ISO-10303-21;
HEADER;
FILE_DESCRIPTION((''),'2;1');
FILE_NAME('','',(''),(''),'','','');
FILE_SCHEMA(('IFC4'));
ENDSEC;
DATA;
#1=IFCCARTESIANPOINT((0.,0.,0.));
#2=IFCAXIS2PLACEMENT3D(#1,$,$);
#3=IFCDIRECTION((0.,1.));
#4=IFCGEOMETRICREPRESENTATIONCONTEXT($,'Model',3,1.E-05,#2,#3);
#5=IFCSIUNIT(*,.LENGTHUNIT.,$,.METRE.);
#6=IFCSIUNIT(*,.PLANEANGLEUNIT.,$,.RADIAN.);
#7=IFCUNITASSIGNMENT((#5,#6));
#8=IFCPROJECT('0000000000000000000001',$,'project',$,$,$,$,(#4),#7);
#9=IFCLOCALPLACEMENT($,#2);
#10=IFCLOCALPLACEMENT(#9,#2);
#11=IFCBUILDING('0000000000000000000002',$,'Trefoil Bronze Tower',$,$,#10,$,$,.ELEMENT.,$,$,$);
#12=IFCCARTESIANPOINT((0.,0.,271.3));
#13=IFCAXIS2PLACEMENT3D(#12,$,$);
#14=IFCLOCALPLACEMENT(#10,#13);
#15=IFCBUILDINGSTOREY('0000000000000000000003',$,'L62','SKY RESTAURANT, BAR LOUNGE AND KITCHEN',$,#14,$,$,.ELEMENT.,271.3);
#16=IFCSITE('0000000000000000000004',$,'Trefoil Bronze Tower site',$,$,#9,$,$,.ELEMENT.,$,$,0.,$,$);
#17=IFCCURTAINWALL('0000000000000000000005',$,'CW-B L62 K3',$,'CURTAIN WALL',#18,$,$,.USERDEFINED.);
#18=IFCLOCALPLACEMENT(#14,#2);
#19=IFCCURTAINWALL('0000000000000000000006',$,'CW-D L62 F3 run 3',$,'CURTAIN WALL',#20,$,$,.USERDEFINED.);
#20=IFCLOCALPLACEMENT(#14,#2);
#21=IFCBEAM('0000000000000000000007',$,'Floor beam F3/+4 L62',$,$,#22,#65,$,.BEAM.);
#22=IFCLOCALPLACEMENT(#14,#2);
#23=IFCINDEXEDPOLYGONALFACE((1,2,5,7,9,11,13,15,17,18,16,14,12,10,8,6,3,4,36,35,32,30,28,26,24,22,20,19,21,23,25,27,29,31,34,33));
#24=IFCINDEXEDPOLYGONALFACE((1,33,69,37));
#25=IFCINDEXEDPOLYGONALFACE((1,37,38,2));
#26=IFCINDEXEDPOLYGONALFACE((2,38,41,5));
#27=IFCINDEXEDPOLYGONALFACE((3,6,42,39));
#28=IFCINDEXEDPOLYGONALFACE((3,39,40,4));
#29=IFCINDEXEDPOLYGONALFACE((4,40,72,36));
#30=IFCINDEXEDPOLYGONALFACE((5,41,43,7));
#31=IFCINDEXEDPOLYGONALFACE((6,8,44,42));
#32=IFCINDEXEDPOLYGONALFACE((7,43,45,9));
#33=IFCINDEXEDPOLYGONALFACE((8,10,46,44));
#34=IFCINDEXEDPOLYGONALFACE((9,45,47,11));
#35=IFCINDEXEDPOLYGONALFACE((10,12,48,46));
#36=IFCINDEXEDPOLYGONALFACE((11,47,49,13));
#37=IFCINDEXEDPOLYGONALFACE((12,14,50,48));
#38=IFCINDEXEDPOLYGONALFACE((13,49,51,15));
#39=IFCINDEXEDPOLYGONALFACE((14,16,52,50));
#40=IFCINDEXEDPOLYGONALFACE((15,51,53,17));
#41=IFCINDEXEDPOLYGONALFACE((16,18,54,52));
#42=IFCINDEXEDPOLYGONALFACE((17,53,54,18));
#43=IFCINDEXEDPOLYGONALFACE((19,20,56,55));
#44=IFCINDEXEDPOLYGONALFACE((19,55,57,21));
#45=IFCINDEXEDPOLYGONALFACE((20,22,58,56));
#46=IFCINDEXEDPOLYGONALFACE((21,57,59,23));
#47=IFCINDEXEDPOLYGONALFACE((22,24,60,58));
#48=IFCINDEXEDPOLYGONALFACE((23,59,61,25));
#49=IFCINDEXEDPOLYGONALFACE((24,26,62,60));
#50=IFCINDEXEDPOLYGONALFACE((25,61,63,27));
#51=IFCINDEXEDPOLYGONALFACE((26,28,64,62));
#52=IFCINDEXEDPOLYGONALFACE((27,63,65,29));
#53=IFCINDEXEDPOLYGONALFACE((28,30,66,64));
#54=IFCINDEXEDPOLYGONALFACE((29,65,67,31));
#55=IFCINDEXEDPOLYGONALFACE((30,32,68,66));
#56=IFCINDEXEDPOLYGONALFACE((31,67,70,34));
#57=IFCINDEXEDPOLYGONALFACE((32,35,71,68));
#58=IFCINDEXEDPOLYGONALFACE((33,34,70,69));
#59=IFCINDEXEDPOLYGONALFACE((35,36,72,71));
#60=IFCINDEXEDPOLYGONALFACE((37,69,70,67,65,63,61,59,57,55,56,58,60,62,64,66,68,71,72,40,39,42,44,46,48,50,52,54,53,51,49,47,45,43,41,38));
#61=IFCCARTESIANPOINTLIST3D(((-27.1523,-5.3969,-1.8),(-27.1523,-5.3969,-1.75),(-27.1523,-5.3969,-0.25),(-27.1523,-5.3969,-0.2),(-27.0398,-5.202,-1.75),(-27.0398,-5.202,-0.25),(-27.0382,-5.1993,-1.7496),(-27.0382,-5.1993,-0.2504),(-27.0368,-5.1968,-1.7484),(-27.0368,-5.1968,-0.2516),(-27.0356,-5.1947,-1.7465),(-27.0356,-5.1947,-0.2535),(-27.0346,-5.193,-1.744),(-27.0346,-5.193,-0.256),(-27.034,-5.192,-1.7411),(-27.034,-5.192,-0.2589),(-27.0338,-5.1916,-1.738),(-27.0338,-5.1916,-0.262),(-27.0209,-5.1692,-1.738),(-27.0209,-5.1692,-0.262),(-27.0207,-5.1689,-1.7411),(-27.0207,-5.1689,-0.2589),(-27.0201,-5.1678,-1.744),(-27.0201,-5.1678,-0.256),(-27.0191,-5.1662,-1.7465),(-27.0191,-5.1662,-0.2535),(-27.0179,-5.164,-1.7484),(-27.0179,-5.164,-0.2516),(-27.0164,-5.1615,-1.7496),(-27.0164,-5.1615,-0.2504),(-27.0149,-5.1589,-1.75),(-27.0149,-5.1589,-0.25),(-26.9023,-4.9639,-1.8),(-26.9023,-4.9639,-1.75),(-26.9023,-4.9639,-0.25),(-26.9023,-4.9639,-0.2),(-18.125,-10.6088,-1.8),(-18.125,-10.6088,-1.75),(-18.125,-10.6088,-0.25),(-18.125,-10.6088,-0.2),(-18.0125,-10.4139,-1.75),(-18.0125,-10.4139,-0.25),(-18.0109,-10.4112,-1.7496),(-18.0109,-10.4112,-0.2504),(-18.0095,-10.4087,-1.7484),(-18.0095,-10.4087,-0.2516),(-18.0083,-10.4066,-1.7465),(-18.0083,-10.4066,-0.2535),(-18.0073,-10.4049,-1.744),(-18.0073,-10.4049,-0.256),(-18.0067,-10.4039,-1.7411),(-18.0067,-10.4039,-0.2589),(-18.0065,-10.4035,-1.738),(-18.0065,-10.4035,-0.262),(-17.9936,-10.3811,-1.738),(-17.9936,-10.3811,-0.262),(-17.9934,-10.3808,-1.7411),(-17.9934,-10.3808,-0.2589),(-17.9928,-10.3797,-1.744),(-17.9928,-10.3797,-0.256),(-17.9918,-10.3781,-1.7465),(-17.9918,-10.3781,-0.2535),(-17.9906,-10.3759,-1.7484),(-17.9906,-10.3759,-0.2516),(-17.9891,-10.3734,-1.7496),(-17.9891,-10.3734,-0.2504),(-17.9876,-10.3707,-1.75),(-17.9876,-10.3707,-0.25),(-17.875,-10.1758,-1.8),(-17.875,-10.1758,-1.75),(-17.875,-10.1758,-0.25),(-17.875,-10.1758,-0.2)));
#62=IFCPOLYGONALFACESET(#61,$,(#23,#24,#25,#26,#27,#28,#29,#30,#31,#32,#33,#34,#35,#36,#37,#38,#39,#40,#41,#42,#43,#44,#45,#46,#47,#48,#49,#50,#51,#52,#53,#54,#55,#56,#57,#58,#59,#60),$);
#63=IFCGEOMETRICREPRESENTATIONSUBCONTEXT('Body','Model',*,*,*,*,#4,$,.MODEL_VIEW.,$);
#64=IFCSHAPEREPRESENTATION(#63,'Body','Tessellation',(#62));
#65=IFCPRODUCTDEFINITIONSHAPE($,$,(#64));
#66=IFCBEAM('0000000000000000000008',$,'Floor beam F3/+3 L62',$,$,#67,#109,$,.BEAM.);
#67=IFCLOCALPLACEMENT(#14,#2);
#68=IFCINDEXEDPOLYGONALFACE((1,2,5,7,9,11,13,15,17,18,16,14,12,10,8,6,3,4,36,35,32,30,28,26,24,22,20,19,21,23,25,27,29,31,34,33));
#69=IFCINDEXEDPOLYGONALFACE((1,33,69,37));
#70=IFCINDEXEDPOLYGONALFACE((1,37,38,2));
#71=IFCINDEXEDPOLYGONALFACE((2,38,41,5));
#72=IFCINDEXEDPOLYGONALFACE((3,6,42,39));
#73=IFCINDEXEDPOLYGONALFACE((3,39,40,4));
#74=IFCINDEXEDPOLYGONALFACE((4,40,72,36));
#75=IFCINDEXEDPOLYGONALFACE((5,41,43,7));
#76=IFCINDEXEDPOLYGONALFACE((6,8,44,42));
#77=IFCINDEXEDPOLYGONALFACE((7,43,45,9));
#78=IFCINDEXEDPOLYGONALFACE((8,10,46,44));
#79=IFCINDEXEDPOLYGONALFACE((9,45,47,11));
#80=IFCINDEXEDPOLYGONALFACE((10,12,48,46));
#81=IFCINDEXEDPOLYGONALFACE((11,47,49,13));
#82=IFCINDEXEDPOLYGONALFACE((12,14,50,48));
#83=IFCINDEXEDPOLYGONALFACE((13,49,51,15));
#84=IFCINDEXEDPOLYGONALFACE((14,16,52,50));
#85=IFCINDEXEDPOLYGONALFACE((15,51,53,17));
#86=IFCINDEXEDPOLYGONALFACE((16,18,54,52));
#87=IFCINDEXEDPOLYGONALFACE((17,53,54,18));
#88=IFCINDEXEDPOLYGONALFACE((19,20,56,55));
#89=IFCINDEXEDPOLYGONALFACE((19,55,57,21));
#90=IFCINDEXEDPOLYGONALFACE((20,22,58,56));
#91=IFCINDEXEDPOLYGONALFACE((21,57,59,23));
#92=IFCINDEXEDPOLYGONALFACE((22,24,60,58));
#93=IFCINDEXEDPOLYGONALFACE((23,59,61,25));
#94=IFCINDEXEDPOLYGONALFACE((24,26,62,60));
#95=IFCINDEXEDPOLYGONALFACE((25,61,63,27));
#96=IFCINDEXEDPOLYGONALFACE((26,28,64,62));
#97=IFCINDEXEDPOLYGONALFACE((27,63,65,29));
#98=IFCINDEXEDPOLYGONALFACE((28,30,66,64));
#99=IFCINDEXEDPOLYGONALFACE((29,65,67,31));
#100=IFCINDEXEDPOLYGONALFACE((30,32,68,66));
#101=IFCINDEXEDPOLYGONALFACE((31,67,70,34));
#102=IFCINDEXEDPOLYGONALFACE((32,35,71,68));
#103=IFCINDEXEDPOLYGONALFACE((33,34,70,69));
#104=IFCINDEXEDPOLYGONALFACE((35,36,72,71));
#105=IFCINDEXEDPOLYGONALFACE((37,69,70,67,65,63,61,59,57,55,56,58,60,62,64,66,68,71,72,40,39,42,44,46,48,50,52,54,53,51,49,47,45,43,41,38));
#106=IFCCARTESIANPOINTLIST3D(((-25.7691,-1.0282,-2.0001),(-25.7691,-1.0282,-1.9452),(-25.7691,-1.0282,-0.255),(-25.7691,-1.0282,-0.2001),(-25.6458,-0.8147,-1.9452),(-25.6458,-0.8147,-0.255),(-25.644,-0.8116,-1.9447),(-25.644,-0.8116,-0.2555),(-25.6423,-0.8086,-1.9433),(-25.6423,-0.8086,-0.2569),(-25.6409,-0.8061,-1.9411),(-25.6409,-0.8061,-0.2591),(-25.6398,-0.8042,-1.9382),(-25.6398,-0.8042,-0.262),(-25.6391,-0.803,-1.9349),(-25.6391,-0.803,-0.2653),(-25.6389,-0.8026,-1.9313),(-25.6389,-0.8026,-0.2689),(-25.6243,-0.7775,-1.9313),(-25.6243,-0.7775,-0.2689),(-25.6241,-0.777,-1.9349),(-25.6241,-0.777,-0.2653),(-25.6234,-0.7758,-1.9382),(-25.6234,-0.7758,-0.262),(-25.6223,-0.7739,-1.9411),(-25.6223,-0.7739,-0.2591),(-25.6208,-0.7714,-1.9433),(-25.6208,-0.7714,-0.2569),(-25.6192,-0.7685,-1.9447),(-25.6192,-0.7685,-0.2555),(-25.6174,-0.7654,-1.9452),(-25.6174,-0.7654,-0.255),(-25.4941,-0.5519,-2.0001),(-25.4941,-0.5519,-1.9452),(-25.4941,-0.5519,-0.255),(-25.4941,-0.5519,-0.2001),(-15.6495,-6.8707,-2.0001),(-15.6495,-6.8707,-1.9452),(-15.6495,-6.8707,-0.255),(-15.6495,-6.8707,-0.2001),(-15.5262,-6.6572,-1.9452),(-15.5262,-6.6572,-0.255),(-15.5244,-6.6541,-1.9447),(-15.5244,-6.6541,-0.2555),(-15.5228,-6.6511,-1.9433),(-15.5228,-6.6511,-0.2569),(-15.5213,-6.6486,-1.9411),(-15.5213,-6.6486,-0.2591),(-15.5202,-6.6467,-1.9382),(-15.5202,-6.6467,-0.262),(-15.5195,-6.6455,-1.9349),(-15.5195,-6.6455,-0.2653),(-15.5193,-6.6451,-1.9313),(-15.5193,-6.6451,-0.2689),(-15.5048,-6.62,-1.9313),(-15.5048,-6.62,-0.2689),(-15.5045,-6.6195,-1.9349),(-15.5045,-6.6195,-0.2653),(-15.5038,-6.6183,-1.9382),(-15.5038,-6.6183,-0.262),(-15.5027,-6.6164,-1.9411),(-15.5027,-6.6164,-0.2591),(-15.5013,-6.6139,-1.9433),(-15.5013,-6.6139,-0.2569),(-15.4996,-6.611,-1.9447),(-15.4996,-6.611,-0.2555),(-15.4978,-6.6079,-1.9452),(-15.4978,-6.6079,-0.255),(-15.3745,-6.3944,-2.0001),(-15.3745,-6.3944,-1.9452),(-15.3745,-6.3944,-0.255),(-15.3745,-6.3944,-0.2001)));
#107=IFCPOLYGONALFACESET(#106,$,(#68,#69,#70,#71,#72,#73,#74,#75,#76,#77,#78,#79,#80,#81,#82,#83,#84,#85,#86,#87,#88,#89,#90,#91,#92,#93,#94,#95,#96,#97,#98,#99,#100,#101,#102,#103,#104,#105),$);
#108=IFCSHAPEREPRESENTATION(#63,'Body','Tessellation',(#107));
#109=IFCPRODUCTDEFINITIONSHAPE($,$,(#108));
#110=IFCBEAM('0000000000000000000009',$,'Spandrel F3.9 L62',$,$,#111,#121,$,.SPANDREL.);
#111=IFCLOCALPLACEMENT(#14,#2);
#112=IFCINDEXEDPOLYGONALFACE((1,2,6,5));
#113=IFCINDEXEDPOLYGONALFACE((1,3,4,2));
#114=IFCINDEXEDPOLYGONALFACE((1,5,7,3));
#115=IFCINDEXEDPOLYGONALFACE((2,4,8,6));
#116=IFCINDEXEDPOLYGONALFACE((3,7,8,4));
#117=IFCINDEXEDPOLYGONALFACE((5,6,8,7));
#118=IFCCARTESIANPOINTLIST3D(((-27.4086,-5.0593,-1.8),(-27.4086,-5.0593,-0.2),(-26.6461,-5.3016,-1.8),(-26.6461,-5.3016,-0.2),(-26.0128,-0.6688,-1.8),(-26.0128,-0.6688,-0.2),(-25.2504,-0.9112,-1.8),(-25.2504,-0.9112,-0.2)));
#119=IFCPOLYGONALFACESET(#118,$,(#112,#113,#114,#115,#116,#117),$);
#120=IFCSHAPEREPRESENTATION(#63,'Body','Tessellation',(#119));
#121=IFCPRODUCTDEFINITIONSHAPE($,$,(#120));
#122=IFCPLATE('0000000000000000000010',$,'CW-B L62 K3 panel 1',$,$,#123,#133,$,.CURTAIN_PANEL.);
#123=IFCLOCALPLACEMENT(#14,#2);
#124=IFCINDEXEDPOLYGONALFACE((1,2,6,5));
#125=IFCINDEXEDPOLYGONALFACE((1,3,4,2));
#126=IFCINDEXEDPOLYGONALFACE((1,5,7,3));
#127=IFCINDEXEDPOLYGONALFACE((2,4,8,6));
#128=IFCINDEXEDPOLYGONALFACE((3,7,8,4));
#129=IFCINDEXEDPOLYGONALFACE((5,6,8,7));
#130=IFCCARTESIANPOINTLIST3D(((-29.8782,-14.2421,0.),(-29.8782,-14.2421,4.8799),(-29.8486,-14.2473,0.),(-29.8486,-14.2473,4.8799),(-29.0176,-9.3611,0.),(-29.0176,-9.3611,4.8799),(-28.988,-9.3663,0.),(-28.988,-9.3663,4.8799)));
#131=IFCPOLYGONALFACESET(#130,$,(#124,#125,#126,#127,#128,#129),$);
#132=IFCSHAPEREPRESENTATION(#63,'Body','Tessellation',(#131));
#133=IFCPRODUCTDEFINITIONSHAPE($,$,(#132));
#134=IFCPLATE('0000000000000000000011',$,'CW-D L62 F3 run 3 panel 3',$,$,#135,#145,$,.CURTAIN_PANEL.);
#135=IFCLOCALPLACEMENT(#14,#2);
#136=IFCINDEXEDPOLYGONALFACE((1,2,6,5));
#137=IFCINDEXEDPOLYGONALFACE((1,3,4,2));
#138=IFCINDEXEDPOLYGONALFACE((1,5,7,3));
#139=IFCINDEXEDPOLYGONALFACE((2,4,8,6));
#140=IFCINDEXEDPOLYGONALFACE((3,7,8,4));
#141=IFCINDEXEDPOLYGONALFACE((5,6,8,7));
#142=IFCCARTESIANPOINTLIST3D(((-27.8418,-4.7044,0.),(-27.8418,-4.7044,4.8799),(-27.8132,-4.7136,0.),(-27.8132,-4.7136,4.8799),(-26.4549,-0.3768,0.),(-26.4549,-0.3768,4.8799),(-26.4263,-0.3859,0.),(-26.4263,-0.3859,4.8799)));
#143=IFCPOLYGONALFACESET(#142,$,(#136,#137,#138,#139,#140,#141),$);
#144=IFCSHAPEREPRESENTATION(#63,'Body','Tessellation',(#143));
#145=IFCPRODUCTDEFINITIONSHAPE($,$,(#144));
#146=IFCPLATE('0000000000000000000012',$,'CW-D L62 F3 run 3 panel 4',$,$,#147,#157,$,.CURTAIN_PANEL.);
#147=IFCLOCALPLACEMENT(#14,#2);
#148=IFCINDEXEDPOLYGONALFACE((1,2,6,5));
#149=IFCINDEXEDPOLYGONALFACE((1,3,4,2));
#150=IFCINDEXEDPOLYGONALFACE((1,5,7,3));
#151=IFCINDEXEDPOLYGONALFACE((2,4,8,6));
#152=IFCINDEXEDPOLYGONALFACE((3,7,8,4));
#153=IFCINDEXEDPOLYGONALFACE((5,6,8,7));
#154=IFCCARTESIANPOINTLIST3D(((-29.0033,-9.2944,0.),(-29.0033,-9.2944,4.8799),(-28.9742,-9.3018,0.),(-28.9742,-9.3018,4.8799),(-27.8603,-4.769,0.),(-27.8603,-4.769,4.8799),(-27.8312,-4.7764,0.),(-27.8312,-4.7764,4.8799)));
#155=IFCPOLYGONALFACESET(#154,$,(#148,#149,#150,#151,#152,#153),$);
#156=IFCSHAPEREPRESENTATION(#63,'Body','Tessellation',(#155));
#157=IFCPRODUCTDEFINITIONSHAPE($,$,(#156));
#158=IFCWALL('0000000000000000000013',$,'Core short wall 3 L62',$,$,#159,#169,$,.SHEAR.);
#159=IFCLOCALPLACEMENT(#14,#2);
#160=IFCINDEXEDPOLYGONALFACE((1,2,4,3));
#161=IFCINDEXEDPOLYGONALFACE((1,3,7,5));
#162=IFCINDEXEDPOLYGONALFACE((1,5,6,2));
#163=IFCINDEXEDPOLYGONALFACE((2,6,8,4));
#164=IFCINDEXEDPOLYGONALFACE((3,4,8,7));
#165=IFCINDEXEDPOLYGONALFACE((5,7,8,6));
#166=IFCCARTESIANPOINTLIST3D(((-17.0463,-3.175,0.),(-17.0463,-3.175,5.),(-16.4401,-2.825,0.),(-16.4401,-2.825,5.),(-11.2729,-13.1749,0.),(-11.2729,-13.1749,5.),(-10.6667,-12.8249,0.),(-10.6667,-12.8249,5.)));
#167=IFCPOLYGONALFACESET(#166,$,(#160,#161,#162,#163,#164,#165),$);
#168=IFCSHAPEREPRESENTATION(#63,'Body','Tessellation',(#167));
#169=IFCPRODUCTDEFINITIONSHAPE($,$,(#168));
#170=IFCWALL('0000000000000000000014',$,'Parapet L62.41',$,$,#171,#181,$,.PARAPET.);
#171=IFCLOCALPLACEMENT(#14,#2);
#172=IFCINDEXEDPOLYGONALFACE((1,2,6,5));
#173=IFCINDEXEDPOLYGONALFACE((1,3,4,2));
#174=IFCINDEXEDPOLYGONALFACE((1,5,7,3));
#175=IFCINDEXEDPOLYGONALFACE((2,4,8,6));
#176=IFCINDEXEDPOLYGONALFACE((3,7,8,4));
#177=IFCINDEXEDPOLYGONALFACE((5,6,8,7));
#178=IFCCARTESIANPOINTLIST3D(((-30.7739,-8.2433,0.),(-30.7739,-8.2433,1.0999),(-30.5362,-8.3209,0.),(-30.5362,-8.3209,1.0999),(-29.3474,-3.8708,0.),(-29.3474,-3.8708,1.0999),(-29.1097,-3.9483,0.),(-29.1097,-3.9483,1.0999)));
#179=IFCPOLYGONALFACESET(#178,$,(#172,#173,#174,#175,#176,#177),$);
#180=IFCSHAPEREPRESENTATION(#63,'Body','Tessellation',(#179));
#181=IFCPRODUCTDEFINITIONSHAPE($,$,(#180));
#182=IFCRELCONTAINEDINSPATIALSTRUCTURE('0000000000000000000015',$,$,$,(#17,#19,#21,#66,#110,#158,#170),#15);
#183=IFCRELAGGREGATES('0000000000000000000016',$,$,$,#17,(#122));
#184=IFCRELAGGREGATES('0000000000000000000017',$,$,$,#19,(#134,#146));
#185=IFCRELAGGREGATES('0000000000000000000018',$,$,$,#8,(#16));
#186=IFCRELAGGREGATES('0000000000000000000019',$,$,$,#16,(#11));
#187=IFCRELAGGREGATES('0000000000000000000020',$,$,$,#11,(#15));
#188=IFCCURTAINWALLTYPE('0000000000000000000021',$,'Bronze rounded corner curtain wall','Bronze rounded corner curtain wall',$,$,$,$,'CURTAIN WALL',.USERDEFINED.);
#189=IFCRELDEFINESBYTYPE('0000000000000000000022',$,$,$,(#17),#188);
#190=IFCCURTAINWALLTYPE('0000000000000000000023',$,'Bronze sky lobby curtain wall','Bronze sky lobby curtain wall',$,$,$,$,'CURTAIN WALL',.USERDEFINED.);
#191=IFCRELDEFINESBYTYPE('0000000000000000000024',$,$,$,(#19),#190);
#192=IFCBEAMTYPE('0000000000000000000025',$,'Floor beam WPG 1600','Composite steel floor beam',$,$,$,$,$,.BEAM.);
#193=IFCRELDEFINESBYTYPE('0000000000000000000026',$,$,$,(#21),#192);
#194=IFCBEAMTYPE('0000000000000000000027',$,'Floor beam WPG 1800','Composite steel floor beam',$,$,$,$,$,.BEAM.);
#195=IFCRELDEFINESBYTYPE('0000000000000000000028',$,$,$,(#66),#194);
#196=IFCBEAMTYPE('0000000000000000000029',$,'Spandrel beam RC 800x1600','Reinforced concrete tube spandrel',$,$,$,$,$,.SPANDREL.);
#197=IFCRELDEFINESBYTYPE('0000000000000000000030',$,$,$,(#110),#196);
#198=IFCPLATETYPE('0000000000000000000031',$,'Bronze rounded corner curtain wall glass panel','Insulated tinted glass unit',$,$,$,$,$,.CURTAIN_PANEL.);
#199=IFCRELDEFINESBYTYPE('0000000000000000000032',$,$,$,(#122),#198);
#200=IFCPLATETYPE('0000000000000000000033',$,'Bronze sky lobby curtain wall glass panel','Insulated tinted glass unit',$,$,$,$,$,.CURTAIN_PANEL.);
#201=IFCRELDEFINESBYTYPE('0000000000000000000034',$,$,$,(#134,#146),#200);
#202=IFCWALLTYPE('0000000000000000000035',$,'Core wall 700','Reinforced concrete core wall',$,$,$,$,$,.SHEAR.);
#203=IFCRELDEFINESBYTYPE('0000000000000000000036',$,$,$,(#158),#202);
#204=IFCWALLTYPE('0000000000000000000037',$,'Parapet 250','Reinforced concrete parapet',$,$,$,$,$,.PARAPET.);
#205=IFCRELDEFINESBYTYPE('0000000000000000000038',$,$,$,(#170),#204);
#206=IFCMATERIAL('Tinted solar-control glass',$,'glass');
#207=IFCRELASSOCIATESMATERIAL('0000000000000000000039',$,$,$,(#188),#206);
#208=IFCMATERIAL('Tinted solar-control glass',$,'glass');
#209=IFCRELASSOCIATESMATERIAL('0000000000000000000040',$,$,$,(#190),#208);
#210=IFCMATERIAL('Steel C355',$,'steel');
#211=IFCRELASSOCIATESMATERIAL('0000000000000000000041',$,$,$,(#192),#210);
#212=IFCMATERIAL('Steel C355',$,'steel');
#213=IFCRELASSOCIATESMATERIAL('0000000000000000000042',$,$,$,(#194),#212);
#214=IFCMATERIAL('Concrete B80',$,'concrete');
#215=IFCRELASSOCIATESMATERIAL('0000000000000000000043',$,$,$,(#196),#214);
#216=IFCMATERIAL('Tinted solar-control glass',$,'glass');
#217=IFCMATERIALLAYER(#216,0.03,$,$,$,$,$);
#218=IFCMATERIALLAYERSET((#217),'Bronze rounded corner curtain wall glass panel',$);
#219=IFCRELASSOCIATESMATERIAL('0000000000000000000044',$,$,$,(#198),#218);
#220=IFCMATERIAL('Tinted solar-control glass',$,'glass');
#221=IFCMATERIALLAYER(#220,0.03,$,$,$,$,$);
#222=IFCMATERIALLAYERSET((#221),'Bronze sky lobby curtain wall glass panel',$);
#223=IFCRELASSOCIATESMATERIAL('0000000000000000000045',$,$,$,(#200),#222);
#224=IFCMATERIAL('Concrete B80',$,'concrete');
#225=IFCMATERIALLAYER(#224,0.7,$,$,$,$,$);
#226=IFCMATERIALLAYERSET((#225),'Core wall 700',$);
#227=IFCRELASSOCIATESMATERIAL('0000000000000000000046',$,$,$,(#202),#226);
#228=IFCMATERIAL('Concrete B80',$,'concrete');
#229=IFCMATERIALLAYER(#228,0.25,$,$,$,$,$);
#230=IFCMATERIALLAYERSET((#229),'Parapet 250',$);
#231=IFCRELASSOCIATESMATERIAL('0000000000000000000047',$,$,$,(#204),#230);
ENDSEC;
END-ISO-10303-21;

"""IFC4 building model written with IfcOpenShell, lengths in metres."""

from ifc_helpers import new_model, si_unit, direction, frame, frame_2d, origin, origin_2d, place, context, subcontext, project, spatial, rectangle, i_section, extrude, material, layer, layer_set, material_profile, profile_set, type_object, element, aggregate, save


model = new_model("IFC4")

# Units and contexts
model_context = context("Model", 3, precision=1e-05, world=origin(), true_north=direction((0.0, 1.0)))
body_context = subcontext(model_context, "Body", "Model", "MODEL_VIEW")
ifc_project = project(units=[si_unit("LENGTHUNIT", "METRE"), si_unit("PLANEANGLEUNIT", "RADIAN")], contexts=[model_context])

# Site, building, storey
site_placement = place(None, origin())
site = spatial("IfcSite", under=ifc_project, at=site_placement, Name="Trefoil Bronze Tower site", CompositionType="ELEMENT", RefElevation=0.0)
building_placement = place(site_placement, origin())
building = spatial("IfcBuilding", under=site, at=building_placement, Name="Trefoil Bronze Tower", CompositionType="ELEMENT")
storey_placement = place(building_placement, frame((0.0, 0.0, 271.3)))
storey = spatial("IfcBuildingStorey", under=building, at=storey_placement, Name="L62", Description="SKY RESTAURANT, BAR LOUNGE AND KITCHEN", CompositionType="ELEMENT", Elevation=271.3)

# Curtain walls
ifc_material_1 = material(Name="Tinted solar-control glass", Category="glass")
curtain_wall_type_1 = type_object("IfcCurtainWallType", Name="Bronze rounded corner curtain wall", Description="Bronze rounded corner curtain wall", ElementType="CURTAIN WALL", PredefinedType="USERDEFINED", material=ifc_material_1)
curtain_wall_1_placement = place(storey_placement, origin())
curtain_wall_1 = element("IfcCurtainWall", 1, at=curtain_wall_1_placement, inside=storey, type_object=curtain_wall_type_1, Name="CW-B L62 K3", ObjectType="CURTAIN WALL", PredefinedType="USERDEFINED")
ifc_material_2 = material(Name="Tinted solar-control glass", Category="glass")
curtain_wall_type_2 = type_object("IfcCurtainWallType", Name="Bronze sky lobby curtain wall", Description="Bronze sky lobby curtain wall", ElementType="CURTAIN WALL", PredefinedType="USERDEFINED", material=ifc_material_2)
curtain_wall_2_placement = place(storey_placement, origin())
curtain_wall_2 = element("IfcCurtainWall", 2, at=curtain_wall_2_placement, inside=storey, type_object=curtain_wall_type_2, Name="CW-D L62 F3 run 3", ObjectType="CURTAIN WALL", PredefinedType="USERDEFINED")

# Beams
ifc_material_3 = material(Name="Steel C355", Category="steel")
ifc_material_profile_1 = material_profile(ifc_material_3, i_section(OverallWidth=0.5, OverallDepth=1.6001, WebThickness=0.0259, FlangeThickness=0.05, FilletRadius=0.012, at=origin_2d()), Name="WPG 1600")
ifc_profile_set_1 = profile_set([ifc_material_profile_1], Name="Steel C355")
beam_type_1 = type_object("IfcBeamType", Name="Floor beam WPG 1600", Description="Composite steel floor beam", PredefinedType="BEAM", material=ifc_profile_set_1)
beam_1_placement = place(storey_placement, frame((-27.0273, -5.1804, -1.0), z_axis=(0.866026, -0.499998, 0.0), x_axis=(0.499998, 0.866026, 0.0)))
element("IfcBeam", 3, at=beam_1_placement, inside=storey, type_object=beam_type_1, Name="Floor beam F3/+4 L62", PredefinedType="BEAM", context=body_context, shape_type="SweptSolid", body=[
    extrude(i_section(OverallWidth=0.5, OverallDepth=1.6001, WebThickness=0.0259, FlangeThickness=0.05, FilletRadius=0.012, at=origin_2d()), origin(), (0.0, 0.0, 1.0), 10.4238),
])
ifc_material_4 = material(Name="Steel C355", Category="steel")
ifc_material_profile_2 = material_profile(ifc_material_4, i_section(OverallWidth=0.55, OverallDepth=1.8, WebThickness=0.0291, FlangeThickness=0.0549, FilletRadius=0.0139, at=origin_2d()), Name="WPG 1800")
ifc_profile_set_2 = profile_set([ifc_material_profile_2], Name="Steel C355")
beam_type_2 = type_object("IfcBeamType", Name="Floor beam WPG 1800", Description="Composite steel floor beam", PredefinedType="BEAM", material=ifc_profile_set_2)
beam_2_placement = place(storey_placement, frame((-25.6316, -0.79, -1.1001), z_axis=(0.866027, -0.499997, 0.0), x_axis=(0.499997, 0.866027, 0.0)))
element("IfcBeam", 4, at=beam_2_placement, inside=storey, type_object=beam_type_2, Name="Floor beam F3/+3 L62", PredefinedType="BEAM", context=body_context, shape_type="SweptSolid", body=[
    extrude(i_section(OverallWidth=0.55, OverallDepth=1.8, WebThickness=0.0291, FlangeThickness=0.0549, FilletRadius=0.0139, at=origin_2d()), origin(), (0.0, 0.0, 1.0), 11.6851),
])
ifc_material_5 = material(Name="Concrete B80", Category="concrete")
ifc_material_profile_3 = material_profile(ifc_material_5, rectangle(XDim=0.8, YDim=1.6001, at=origin_2d()), Name="RC 800x1600")
ifc_profile_set_3 = profile_set([ifc_material_profile_3], Name="Concrete B80")
beam_type_3 = type_object("IfcBeamType", Name="Spandrel beam RC 800x1600", Description="Reinforced concrete tube spandrel", PredefinedType="SPANDREL", material=ifc_profile_set_3)
beam_3_placement = place(storey_placement, frame((-25.6316, -0.79, -1.0), z_axis=(-0.30297, -0.953, 0.0), x_axis=(0.953, -0.30297, 0.0)))
element("IfcBeam", 5, at=beam_3_placement, inside=storey, type_object=beam_type_3, Name="Spandrel F3.9 L62", PredefinedType="SPANDREL", context=body_context, shape_type="SweptSolid", body=[
    extrude(rectangle(XDim=0.8, YDim=1.6001, at=origin_2d()), origin(), (0.0, 0.0, 1.0), 4.6069),
])

# Plates
ifc_material_6 = material(Name="Tinted solar-control glass", Category="glass")
ifc_layer_1 = layer(ifc_material_6, 0.03)
ifc_layer_set_1 = layer_set([ifc_layer_1], Name="Bronze rounded corner curtain wall glass panel")
plate_type_1 = type_object("IfcPlateType", Name="Bronze rounded corner curtain wall glass panel", Description="Insulated tinted glass unit", PredefinedType="CURTAIN_PANEL", material=ifc_layer_set_1)
plate_1_placement = place(storey_placement, frame((-29.4331, -11.8042, 0.0), z_axis=(0.0, 0.0, 1.0), x_axis=(-0.173648, -0.984808, 0.0)))
plate_1 = element("IfcPlate", 6, at=plate_1_placement, type_object=plate_type_1, Name="CW-B L62 K3 panel 1", PredefinedType="CURTAIN_PANEL", context=body_context, shape_type="SweptSolid", body=[
    extrude(rectangle(XDim=4.9563, YDim=0.03, at=origin_2d()), origin(), (0.0, 0.0, 1.0), 4.8799),
])
aggregate(curtain_wall_1, [plate_1])
ifc_material_7 = material(Name="Tinted solar-control glass", Category="glass")
ifc_layer_2 = layer(ifc_material_7, 0.03)
ifc_layer_set_2 = layer_set([ifc_layer_2], Name="Bronze sky lobby curtain wall glass panel")
plate_type_2 = type_object("IfcPlateType", Name="Bronze sky lobby curtain wall glass panel", Description="Insulated tinted glass unit", PredefinedType="CURTAIN_PANEL", material=ifc_layer_set_2)
plate_2_placement = place(storey_placement, frame((-27.134, -2.5452, 0.0), z_axis=(0.0, 0.0, 1.0), x_axis=(-0.305188, -0.952292, 0.0)))
plate_2 = element("IfcPlate", 7, at=plate_2_placement, type_object=plate_type_2, Name="CW-D L62 F3 run 3 panel 3", PredefinedType="CURTAIN_PANEL", context=body_context, shape_type="SweptSolid", body=[
    extrude(rectangle(XDim=4.5444, YDim=0.03, at=origin_2d()), origin(), (0.0, 0.0, 1.0), 4.8799),
])
plate_3_placement = place(storey_placement, frame((-28.4172, -7.0354, 0.0), z_axis=(0.0, 0.0, 1.0), x_axis=(-0.24488, -0.969554, 0.0)))
plate_3 = element("IfcPlate", 8, at=plate_3_placement, type_object=plate_type_2, Name="CW-D L62 F3 run 3 panel 4", PredefinedType="CURTAIN_PANEL", context=body_context, shape_type="SweptSolid", body=[
    extrude(rectangle(XDim=4.6675, YDim=0.03, at=origin_2d()), origin(), (0.0, 0.0, 1.0), 4.8799),
])
aggregate(curtain_wall_2, [plate_2, plate_3])

# Walls
ifc_material_8 = material(Name="Concrete B80", Category="concrete")
ifc_layer_3 = layer(ifc_material_8, 0.7)
ifc_layer_set_3 = layer_set([ifc_layer_3], Name="Core wall 700")
wall_type_1 = type_object("IfcWallType", Name="Core wall 700", Description="Reinforced concrete core wall", PredefinedType="SHEAR", material=ifc_layer_set_3)
wall_1_placement = place(storey_placement, frame((-16.7432, -3.0, 0.0), z_axis=(0.0, 0.0, 1.0), x_axis=(0.499996, -0.866028, 0.0)))
element("IfcWall", 9, at=wall_1_placement, inside=storey, type_object=wall_type_1, Name="Core short wall 3 L62", PredefinedType="SHEAR", context=body_context, shape_type="SweptSolid", body=[
    extrude(rectangle(XDim=11.5469, YDim=0.7, at=frame_2d((5.7734, 0.0))), origin(), (0.0, 0.0, 1.0), 5.0),
])
ifc_material_9 = material(Name="Concrete B80", Category="concrete")
ifc_layer_4 = layer(ifc_material_9, 0.25)
ifc_layer_set_4 = layer_set([ifc_layer_4], Name="Parapet 250")
wall_type_2 = type_object("IfcWallType", Name="Parapet 250", Description="Reinforced concrete parapet", PredefinedType="PARAPET", material=ifc_layer_set_4)
wall_2_placement = place(storey_placement, frame((-29.2285, -3.9094, 0.0), z_axis=(0.0, 0.0, 1.0), x_axis=(-0.310154, -0.950686, 0.0)))
element("IfcWall", 10, at=wall_2_placement, inside=storey, type_object=wall_type_2, Name="Parapet L62.41", PredefinedType="PARAPET", context=body_context, shape_type="SweptSolid", body=[
    extrude(rectangle(XDim=4.5994, YDim=0.25, at=frame_2d((2.2998, 0.0))), origin(), (0.0, 0.0, 1.0), 1.0999),
])

save(model, "model.ifc")
